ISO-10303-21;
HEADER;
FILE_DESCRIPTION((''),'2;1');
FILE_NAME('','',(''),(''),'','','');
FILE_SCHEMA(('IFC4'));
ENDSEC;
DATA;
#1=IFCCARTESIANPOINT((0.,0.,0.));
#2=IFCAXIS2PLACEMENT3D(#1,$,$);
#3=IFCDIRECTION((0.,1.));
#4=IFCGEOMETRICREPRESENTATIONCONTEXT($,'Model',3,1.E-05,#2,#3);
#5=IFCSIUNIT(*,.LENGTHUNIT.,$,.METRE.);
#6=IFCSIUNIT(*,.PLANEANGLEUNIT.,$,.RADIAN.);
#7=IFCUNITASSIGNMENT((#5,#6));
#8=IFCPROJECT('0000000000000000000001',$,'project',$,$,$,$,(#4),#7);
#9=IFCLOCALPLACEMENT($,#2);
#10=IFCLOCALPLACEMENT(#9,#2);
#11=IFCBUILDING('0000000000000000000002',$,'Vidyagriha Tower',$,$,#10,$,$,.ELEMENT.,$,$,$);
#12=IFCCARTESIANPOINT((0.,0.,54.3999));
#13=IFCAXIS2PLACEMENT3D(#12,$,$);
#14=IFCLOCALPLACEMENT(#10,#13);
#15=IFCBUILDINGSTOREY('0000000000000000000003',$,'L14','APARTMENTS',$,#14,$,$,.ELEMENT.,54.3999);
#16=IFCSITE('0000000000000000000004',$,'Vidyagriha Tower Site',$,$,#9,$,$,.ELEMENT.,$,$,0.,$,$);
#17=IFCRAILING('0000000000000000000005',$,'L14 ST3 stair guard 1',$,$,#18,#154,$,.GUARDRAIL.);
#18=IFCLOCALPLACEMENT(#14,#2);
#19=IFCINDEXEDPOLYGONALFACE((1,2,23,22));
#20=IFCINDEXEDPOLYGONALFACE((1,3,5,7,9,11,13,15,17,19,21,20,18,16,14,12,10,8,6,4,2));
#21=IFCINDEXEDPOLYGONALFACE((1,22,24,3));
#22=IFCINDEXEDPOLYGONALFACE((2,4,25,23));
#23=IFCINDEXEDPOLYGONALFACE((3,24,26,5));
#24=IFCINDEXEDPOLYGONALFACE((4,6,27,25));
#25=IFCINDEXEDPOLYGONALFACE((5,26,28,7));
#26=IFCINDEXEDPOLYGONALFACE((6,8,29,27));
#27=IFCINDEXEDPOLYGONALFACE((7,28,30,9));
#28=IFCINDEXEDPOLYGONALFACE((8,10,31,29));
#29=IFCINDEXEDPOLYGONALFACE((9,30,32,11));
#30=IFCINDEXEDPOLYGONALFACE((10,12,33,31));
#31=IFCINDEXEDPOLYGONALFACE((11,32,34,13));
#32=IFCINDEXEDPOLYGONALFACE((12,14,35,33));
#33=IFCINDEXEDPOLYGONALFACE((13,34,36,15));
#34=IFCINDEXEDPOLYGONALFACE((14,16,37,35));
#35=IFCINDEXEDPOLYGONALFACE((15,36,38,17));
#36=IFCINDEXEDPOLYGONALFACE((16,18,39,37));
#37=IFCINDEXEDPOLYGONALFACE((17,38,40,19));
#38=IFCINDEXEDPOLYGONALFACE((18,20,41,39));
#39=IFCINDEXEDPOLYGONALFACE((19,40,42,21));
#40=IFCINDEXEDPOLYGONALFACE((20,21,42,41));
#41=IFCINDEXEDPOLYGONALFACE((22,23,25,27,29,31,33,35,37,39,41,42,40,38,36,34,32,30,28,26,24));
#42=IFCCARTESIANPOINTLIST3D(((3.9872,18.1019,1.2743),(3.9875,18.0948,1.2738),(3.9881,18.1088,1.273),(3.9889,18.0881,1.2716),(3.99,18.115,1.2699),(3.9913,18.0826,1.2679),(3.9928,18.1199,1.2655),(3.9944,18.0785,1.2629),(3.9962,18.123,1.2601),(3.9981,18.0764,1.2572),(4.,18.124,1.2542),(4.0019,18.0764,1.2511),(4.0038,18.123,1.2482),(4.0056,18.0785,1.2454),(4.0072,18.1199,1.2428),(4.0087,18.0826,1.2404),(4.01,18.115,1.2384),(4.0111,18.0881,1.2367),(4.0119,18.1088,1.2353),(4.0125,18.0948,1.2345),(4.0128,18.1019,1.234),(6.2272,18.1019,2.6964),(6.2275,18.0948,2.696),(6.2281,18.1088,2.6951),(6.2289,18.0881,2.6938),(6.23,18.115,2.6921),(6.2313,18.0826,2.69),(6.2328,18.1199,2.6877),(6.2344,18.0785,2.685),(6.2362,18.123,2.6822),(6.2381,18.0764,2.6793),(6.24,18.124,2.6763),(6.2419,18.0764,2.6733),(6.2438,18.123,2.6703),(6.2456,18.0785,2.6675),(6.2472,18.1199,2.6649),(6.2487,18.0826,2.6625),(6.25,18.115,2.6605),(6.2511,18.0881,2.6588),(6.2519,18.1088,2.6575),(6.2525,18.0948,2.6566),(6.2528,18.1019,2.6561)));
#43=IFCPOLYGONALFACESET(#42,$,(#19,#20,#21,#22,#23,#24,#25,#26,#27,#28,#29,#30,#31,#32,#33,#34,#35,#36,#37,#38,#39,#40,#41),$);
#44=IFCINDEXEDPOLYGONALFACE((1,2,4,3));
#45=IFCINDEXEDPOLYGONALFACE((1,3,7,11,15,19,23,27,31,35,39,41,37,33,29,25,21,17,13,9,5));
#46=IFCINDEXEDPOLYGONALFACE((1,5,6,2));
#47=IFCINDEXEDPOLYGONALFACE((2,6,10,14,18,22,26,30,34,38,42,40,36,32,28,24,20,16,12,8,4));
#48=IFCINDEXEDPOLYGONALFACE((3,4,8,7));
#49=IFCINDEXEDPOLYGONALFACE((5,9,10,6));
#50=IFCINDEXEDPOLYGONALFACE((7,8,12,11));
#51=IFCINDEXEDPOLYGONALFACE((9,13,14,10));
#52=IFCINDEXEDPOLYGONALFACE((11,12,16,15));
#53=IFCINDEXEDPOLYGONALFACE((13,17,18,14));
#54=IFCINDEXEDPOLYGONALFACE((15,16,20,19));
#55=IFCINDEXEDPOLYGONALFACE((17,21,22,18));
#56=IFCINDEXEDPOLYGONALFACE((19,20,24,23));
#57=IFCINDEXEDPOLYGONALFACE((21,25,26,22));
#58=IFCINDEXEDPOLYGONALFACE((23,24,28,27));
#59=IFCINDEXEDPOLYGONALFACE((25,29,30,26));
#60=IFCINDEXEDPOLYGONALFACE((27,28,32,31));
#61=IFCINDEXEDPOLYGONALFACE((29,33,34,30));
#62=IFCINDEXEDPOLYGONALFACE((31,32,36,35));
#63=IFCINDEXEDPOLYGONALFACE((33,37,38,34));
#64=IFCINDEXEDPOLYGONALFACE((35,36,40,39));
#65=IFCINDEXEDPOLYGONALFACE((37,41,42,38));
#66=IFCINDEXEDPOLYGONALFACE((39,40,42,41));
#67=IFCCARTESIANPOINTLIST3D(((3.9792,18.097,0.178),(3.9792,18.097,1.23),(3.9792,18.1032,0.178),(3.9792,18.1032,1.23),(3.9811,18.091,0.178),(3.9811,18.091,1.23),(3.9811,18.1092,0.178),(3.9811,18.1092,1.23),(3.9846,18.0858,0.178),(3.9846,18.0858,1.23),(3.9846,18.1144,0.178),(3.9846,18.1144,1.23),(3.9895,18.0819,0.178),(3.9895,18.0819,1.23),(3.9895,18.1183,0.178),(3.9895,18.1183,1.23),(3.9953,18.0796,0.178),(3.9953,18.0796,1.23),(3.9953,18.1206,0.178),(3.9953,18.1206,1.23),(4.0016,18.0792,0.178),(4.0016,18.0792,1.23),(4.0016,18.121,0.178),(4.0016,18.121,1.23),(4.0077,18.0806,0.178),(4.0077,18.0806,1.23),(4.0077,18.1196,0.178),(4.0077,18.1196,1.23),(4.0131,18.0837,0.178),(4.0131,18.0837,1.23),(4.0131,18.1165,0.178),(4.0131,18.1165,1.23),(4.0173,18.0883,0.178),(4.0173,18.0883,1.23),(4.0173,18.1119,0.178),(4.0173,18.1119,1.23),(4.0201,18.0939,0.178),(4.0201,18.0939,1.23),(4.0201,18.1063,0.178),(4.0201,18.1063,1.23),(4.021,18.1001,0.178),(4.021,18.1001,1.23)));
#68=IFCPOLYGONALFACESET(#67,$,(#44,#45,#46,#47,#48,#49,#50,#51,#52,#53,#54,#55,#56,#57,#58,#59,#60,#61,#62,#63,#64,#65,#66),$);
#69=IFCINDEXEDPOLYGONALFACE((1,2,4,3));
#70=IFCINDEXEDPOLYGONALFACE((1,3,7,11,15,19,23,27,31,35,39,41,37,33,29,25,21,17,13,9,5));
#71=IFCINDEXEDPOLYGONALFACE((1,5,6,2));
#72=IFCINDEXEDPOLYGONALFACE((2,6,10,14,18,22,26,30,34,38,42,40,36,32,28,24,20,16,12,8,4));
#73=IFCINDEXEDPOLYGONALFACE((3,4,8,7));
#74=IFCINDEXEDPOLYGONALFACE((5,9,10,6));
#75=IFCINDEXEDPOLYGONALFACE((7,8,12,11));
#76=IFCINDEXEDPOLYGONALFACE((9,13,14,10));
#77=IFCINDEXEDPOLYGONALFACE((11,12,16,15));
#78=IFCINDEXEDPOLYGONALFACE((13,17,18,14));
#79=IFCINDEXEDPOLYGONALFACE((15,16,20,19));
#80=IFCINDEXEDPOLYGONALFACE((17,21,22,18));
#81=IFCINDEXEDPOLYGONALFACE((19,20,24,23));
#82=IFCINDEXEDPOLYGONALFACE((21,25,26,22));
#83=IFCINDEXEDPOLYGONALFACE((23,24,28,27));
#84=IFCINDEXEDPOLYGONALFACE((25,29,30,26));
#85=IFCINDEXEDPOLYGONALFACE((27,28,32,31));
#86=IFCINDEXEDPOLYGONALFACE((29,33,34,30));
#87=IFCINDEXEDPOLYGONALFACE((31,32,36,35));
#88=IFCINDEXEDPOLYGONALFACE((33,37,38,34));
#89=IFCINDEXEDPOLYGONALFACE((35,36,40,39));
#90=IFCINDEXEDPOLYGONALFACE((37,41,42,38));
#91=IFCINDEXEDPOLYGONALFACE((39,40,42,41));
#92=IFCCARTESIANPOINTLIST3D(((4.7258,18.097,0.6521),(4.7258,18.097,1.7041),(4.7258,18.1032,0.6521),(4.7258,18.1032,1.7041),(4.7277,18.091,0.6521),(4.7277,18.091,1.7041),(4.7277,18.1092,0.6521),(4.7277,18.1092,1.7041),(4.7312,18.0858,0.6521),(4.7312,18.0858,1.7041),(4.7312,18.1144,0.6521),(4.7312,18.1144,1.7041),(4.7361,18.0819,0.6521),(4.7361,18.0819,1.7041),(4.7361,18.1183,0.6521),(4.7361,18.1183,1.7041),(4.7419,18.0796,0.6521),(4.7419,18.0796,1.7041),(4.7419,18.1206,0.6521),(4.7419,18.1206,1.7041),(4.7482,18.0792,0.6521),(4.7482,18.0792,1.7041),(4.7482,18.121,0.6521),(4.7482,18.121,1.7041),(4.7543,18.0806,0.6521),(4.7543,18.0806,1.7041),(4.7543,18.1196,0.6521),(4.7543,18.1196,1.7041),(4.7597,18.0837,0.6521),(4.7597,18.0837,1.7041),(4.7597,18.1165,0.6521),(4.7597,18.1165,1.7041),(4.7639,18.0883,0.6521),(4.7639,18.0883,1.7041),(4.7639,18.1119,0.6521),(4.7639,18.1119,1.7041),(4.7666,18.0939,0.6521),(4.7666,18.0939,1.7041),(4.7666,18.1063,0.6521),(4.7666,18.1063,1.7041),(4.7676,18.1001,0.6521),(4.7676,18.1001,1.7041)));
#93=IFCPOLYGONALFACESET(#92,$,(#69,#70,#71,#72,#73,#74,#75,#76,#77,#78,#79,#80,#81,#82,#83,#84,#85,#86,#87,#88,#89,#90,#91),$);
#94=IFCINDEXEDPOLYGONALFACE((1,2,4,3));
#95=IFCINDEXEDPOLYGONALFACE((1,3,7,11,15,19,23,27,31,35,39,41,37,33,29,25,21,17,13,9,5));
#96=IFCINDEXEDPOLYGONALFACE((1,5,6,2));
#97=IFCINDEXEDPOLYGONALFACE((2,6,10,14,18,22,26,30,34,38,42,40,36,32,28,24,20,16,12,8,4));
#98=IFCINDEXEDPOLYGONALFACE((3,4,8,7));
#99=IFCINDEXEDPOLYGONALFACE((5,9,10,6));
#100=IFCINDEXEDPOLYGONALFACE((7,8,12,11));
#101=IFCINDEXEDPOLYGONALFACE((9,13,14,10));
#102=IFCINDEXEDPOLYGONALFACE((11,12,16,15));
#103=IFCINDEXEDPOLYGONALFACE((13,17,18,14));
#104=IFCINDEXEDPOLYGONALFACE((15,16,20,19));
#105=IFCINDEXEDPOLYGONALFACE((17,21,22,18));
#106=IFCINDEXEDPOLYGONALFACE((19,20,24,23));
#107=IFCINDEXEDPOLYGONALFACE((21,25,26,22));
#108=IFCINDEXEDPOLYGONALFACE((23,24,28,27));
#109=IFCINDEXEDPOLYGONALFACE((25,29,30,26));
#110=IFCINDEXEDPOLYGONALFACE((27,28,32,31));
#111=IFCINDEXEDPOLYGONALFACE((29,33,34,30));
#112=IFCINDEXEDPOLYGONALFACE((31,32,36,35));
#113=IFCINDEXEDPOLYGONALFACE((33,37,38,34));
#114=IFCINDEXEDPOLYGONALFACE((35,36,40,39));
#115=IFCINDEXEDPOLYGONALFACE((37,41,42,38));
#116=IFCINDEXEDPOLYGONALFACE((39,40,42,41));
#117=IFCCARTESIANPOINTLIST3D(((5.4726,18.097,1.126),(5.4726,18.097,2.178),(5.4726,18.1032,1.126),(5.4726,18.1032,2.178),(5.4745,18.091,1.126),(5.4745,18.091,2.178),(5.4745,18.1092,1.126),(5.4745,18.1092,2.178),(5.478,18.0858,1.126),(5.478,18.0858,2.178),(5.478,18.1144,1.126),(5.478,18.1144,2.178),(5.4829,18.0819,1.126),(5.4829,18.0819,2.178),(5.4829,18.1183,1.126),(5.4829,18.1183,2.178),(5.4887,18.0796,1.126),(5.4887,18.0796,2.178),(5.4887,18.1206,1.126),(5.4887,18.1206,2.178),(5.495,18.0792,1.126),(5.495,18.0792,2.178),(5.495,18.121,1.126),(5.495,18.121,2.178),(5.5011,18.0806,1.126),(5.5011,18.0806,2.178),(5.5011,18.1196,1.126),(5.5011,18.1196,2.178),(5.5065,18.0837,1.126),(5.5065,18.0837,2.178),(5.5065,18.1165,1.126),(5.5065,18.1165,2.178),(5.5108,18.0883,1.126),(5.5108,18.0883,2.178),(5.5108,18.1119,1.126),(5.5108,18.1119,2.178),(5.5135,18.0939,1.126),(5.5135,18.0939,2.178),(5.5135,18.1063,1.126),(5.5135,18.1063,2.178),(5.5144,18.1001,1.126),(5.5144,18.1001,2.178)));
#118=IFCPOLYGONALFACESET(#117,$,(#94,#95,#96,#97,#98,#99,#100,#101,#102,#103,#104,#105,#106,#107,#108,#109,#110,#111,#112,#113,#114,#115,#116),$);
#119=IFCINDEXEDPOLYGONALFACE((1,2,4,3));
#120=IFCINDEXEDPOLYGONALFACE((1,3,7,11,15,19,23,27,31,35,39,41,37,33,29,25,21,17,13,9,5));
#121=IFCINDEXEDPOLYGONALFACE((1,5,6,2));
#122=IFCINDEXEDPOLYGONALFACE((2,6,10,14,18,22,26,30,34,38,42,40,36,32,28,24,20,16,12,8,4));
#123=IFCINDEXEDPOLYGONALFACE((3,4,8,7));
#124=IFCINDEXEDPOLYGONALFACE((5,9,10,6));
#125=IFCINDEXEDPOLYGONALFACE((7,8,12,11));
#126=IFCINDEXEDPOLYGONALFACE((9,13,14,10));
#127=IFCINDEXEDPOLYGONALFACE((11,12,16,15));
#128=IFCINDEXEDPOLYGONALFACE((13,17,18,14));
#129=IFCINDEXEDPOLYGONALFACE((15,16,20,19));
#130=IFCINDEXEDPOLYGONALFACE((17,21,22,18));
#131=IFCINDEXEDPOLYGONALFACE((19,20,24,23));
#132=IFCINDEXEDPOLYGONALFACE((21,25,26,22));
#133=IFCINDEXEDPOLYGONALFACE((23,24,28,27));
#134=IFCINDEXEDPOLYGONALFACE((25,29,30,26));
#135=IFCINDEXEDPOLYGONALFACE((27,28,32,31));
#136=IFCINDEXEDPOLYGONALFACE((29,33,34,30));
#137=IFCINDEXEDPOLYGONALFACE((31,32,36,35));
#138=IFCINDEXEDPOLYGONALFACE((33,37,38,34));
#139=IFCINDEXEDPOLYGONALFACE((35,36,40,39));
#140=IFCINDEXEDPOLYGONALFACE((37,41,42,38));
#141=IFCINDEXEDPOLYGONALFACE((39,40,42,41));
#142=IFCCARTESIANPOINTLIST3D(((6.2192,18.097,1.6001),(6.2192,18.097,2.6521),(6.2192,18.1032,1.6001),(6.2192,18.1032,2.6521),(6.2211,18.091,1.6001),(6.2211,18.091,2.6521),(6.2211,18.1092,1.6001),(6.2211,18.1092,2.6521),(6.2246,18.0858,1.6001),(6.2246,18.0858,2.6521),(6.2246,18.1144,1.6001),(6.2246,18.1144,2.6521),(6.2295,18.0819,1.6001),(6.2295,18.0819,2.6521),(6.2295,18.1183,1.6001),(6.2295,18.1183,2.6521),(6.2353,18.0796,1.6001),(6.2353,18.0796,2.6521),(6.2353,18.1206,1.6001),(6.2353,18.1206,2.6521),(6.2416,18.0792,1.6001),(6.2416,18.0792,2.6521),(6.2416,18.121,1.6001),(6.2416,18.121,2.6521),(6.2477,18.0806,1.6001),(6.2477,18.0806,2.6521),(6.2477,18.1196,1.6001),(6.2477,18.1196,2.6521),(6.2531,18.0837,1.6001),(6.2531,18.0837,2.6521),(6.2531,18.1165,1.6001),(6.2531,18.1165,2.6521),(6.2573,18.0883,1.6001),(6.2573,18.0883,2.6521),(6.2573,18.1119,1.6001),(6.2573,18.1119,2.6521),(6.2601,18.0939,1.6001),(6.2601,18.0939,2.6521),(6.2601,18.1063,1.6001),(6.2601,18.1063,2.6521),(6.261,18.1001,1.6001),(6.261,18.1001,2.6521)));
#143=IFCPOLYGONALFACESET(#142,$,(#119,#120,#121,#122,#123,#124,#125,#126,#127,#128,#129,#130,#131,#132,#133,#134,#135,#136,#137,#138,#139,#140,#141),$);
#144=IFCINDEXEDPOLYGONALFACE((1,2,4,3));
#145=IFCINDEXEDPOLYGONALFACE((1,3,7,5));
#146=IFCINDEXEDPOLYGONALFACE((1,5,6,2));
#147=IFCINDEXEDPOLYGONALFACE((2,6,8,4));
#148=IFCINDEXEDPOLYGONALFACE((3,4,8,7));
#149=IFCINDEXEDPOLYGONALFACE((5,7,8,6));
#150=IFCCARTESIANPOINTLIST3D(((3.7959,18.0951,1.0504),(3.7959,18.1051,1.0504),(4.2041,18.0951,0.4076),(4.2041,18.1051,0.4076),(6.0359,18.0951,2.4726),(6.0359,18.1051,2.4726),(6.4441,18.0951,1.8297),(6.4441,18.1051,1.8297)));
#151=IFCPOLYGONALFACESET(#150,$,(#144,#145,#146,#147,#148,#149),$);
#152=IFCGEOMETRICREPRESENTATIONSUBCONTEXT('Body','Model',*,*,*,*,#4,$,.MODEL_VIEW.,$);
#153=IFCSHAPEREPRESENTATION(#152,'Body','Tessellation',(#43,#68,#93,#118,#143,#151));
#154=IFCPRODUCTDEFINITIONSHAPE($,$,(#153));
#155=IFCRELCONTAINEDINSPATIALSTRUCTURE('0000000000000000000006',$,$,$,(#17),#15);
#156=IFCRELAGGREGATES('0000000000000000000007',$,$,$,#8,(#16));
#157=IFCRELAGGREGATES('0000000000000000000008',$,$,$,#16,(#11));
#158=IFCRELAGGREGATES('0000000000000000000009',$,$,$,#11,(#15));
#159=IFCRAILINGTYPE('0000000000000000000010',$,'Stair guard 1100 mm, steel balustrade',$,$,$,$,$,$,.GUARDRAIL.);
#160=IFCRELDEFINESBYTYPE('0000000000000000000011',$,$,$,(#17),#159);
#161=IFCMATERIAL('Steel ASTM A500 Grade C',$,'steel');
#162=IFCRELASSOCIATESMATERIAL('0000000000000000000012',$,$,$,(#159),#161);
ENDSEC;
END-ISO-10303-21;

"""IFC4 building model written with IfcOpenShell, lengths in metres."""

from ifc_helpers import new_model, si_unit, direction, frame, origin, origin_2d, place, context, subcontext, project, spatial, rectangle, circle, extrude, material, type_object, element, save


model = new_model("IFC4")

# Units and contexts
model_context = context("Model", 3, precision=1e-05, world=origin(), true_north=direction((0.0, 1.0)))
body_context = subcontext(model_context, "Body", "Model", "MODEL_VIEW")
ifc_project = project(units=[si_unit("LENGTHUNIT", "METRE"), si_unit("PLANEANGLEUNIT", "RADIAN")], contexts=[model_context])

# Site, building, storey
site_placement = place(None, origin())
site = spatial("IfcSite", under=ifc_project, at=site_placement, Name="Vidyagriha Tower Site", CompositionType="ELEMENT", RefElevation=0.0)
building_placement = place(site_placement, origin())
building = spatial("IfcBuilding", under=site, at=building_placement, Name="Vidyagriha Tower", CompositionType="ELEMENT")
storey_placement = place(building_placement, frame((0.0, 0.0, 54.3999)))
storey = spatial("IfcBuildingStorey", under=building, at=storey_placement, Name="L14", Description="APARTMENTS", CompositionType="ELEMENT", Elevation=54.3999)

# Railing
ifc_material_1 = material(Name="Steel ASTM A500 Grade C", Category="steel")
railing_type_1 = type_object("IfcRailingType", Name="Stair guard 1100 mm, steel balustrade", PredefinedType="GUARDRAIL", material=ifc_material_1)
railing_1_placement = place(storey_placement, frame((4.0, 18.1001, 0.178)))
element("IfcRailing", 1, at=railing_1_placement, inside=storey, type_object=railing_type_1, Name="L14 ST3 stair guard 1", PredefinedType="GUARDRAIL", context=body_context, shape_type="SweptSolid", body=[
    extrude(circle(Radius=0.0239, at=origin_2d()), frame((0.0, 0.0, 1.0762), z_axis=(0.844229, 0.0, 0.535982), x_axis=(0.0, 1.0, 0.0)), (0.0, 0.0, 1.0), 2.6533),
    extrude(circle(Radius=0.021, at=origin_2d()), origin(), (0.0, 0.0, 1.0), 1.052),
    extrude(circle(Radius=0.021, at=origin_2d()), frame((0.7466, 0.0, 0.4741)), (0.0, 0.0, 1.0), 1.052),
    extrude(circle(Radius=0.021, at=origin_2d()), frame((1.4934, 0.0, 0.948)), (0.0, 0.0, 1.0), 1.052),
    extrude(circle(Radius=0.021, at=origin_2d()), frame((2.24, 0.0, 1.4221)), (0.0, 0.0, 1.0), 1.052),
    extrude(rectangle(XDim=0.01, YDim=0.7615, at=origin_2d()), frame((0.0, 0.0, 0.551), z_axis=(0.844229, 0.0, 0.535982), x_axis=(0.0, 1.0, 0.0)), (0.0, 0.0, 1.0), 2.6533),
])

save(model, "model.ifc")
